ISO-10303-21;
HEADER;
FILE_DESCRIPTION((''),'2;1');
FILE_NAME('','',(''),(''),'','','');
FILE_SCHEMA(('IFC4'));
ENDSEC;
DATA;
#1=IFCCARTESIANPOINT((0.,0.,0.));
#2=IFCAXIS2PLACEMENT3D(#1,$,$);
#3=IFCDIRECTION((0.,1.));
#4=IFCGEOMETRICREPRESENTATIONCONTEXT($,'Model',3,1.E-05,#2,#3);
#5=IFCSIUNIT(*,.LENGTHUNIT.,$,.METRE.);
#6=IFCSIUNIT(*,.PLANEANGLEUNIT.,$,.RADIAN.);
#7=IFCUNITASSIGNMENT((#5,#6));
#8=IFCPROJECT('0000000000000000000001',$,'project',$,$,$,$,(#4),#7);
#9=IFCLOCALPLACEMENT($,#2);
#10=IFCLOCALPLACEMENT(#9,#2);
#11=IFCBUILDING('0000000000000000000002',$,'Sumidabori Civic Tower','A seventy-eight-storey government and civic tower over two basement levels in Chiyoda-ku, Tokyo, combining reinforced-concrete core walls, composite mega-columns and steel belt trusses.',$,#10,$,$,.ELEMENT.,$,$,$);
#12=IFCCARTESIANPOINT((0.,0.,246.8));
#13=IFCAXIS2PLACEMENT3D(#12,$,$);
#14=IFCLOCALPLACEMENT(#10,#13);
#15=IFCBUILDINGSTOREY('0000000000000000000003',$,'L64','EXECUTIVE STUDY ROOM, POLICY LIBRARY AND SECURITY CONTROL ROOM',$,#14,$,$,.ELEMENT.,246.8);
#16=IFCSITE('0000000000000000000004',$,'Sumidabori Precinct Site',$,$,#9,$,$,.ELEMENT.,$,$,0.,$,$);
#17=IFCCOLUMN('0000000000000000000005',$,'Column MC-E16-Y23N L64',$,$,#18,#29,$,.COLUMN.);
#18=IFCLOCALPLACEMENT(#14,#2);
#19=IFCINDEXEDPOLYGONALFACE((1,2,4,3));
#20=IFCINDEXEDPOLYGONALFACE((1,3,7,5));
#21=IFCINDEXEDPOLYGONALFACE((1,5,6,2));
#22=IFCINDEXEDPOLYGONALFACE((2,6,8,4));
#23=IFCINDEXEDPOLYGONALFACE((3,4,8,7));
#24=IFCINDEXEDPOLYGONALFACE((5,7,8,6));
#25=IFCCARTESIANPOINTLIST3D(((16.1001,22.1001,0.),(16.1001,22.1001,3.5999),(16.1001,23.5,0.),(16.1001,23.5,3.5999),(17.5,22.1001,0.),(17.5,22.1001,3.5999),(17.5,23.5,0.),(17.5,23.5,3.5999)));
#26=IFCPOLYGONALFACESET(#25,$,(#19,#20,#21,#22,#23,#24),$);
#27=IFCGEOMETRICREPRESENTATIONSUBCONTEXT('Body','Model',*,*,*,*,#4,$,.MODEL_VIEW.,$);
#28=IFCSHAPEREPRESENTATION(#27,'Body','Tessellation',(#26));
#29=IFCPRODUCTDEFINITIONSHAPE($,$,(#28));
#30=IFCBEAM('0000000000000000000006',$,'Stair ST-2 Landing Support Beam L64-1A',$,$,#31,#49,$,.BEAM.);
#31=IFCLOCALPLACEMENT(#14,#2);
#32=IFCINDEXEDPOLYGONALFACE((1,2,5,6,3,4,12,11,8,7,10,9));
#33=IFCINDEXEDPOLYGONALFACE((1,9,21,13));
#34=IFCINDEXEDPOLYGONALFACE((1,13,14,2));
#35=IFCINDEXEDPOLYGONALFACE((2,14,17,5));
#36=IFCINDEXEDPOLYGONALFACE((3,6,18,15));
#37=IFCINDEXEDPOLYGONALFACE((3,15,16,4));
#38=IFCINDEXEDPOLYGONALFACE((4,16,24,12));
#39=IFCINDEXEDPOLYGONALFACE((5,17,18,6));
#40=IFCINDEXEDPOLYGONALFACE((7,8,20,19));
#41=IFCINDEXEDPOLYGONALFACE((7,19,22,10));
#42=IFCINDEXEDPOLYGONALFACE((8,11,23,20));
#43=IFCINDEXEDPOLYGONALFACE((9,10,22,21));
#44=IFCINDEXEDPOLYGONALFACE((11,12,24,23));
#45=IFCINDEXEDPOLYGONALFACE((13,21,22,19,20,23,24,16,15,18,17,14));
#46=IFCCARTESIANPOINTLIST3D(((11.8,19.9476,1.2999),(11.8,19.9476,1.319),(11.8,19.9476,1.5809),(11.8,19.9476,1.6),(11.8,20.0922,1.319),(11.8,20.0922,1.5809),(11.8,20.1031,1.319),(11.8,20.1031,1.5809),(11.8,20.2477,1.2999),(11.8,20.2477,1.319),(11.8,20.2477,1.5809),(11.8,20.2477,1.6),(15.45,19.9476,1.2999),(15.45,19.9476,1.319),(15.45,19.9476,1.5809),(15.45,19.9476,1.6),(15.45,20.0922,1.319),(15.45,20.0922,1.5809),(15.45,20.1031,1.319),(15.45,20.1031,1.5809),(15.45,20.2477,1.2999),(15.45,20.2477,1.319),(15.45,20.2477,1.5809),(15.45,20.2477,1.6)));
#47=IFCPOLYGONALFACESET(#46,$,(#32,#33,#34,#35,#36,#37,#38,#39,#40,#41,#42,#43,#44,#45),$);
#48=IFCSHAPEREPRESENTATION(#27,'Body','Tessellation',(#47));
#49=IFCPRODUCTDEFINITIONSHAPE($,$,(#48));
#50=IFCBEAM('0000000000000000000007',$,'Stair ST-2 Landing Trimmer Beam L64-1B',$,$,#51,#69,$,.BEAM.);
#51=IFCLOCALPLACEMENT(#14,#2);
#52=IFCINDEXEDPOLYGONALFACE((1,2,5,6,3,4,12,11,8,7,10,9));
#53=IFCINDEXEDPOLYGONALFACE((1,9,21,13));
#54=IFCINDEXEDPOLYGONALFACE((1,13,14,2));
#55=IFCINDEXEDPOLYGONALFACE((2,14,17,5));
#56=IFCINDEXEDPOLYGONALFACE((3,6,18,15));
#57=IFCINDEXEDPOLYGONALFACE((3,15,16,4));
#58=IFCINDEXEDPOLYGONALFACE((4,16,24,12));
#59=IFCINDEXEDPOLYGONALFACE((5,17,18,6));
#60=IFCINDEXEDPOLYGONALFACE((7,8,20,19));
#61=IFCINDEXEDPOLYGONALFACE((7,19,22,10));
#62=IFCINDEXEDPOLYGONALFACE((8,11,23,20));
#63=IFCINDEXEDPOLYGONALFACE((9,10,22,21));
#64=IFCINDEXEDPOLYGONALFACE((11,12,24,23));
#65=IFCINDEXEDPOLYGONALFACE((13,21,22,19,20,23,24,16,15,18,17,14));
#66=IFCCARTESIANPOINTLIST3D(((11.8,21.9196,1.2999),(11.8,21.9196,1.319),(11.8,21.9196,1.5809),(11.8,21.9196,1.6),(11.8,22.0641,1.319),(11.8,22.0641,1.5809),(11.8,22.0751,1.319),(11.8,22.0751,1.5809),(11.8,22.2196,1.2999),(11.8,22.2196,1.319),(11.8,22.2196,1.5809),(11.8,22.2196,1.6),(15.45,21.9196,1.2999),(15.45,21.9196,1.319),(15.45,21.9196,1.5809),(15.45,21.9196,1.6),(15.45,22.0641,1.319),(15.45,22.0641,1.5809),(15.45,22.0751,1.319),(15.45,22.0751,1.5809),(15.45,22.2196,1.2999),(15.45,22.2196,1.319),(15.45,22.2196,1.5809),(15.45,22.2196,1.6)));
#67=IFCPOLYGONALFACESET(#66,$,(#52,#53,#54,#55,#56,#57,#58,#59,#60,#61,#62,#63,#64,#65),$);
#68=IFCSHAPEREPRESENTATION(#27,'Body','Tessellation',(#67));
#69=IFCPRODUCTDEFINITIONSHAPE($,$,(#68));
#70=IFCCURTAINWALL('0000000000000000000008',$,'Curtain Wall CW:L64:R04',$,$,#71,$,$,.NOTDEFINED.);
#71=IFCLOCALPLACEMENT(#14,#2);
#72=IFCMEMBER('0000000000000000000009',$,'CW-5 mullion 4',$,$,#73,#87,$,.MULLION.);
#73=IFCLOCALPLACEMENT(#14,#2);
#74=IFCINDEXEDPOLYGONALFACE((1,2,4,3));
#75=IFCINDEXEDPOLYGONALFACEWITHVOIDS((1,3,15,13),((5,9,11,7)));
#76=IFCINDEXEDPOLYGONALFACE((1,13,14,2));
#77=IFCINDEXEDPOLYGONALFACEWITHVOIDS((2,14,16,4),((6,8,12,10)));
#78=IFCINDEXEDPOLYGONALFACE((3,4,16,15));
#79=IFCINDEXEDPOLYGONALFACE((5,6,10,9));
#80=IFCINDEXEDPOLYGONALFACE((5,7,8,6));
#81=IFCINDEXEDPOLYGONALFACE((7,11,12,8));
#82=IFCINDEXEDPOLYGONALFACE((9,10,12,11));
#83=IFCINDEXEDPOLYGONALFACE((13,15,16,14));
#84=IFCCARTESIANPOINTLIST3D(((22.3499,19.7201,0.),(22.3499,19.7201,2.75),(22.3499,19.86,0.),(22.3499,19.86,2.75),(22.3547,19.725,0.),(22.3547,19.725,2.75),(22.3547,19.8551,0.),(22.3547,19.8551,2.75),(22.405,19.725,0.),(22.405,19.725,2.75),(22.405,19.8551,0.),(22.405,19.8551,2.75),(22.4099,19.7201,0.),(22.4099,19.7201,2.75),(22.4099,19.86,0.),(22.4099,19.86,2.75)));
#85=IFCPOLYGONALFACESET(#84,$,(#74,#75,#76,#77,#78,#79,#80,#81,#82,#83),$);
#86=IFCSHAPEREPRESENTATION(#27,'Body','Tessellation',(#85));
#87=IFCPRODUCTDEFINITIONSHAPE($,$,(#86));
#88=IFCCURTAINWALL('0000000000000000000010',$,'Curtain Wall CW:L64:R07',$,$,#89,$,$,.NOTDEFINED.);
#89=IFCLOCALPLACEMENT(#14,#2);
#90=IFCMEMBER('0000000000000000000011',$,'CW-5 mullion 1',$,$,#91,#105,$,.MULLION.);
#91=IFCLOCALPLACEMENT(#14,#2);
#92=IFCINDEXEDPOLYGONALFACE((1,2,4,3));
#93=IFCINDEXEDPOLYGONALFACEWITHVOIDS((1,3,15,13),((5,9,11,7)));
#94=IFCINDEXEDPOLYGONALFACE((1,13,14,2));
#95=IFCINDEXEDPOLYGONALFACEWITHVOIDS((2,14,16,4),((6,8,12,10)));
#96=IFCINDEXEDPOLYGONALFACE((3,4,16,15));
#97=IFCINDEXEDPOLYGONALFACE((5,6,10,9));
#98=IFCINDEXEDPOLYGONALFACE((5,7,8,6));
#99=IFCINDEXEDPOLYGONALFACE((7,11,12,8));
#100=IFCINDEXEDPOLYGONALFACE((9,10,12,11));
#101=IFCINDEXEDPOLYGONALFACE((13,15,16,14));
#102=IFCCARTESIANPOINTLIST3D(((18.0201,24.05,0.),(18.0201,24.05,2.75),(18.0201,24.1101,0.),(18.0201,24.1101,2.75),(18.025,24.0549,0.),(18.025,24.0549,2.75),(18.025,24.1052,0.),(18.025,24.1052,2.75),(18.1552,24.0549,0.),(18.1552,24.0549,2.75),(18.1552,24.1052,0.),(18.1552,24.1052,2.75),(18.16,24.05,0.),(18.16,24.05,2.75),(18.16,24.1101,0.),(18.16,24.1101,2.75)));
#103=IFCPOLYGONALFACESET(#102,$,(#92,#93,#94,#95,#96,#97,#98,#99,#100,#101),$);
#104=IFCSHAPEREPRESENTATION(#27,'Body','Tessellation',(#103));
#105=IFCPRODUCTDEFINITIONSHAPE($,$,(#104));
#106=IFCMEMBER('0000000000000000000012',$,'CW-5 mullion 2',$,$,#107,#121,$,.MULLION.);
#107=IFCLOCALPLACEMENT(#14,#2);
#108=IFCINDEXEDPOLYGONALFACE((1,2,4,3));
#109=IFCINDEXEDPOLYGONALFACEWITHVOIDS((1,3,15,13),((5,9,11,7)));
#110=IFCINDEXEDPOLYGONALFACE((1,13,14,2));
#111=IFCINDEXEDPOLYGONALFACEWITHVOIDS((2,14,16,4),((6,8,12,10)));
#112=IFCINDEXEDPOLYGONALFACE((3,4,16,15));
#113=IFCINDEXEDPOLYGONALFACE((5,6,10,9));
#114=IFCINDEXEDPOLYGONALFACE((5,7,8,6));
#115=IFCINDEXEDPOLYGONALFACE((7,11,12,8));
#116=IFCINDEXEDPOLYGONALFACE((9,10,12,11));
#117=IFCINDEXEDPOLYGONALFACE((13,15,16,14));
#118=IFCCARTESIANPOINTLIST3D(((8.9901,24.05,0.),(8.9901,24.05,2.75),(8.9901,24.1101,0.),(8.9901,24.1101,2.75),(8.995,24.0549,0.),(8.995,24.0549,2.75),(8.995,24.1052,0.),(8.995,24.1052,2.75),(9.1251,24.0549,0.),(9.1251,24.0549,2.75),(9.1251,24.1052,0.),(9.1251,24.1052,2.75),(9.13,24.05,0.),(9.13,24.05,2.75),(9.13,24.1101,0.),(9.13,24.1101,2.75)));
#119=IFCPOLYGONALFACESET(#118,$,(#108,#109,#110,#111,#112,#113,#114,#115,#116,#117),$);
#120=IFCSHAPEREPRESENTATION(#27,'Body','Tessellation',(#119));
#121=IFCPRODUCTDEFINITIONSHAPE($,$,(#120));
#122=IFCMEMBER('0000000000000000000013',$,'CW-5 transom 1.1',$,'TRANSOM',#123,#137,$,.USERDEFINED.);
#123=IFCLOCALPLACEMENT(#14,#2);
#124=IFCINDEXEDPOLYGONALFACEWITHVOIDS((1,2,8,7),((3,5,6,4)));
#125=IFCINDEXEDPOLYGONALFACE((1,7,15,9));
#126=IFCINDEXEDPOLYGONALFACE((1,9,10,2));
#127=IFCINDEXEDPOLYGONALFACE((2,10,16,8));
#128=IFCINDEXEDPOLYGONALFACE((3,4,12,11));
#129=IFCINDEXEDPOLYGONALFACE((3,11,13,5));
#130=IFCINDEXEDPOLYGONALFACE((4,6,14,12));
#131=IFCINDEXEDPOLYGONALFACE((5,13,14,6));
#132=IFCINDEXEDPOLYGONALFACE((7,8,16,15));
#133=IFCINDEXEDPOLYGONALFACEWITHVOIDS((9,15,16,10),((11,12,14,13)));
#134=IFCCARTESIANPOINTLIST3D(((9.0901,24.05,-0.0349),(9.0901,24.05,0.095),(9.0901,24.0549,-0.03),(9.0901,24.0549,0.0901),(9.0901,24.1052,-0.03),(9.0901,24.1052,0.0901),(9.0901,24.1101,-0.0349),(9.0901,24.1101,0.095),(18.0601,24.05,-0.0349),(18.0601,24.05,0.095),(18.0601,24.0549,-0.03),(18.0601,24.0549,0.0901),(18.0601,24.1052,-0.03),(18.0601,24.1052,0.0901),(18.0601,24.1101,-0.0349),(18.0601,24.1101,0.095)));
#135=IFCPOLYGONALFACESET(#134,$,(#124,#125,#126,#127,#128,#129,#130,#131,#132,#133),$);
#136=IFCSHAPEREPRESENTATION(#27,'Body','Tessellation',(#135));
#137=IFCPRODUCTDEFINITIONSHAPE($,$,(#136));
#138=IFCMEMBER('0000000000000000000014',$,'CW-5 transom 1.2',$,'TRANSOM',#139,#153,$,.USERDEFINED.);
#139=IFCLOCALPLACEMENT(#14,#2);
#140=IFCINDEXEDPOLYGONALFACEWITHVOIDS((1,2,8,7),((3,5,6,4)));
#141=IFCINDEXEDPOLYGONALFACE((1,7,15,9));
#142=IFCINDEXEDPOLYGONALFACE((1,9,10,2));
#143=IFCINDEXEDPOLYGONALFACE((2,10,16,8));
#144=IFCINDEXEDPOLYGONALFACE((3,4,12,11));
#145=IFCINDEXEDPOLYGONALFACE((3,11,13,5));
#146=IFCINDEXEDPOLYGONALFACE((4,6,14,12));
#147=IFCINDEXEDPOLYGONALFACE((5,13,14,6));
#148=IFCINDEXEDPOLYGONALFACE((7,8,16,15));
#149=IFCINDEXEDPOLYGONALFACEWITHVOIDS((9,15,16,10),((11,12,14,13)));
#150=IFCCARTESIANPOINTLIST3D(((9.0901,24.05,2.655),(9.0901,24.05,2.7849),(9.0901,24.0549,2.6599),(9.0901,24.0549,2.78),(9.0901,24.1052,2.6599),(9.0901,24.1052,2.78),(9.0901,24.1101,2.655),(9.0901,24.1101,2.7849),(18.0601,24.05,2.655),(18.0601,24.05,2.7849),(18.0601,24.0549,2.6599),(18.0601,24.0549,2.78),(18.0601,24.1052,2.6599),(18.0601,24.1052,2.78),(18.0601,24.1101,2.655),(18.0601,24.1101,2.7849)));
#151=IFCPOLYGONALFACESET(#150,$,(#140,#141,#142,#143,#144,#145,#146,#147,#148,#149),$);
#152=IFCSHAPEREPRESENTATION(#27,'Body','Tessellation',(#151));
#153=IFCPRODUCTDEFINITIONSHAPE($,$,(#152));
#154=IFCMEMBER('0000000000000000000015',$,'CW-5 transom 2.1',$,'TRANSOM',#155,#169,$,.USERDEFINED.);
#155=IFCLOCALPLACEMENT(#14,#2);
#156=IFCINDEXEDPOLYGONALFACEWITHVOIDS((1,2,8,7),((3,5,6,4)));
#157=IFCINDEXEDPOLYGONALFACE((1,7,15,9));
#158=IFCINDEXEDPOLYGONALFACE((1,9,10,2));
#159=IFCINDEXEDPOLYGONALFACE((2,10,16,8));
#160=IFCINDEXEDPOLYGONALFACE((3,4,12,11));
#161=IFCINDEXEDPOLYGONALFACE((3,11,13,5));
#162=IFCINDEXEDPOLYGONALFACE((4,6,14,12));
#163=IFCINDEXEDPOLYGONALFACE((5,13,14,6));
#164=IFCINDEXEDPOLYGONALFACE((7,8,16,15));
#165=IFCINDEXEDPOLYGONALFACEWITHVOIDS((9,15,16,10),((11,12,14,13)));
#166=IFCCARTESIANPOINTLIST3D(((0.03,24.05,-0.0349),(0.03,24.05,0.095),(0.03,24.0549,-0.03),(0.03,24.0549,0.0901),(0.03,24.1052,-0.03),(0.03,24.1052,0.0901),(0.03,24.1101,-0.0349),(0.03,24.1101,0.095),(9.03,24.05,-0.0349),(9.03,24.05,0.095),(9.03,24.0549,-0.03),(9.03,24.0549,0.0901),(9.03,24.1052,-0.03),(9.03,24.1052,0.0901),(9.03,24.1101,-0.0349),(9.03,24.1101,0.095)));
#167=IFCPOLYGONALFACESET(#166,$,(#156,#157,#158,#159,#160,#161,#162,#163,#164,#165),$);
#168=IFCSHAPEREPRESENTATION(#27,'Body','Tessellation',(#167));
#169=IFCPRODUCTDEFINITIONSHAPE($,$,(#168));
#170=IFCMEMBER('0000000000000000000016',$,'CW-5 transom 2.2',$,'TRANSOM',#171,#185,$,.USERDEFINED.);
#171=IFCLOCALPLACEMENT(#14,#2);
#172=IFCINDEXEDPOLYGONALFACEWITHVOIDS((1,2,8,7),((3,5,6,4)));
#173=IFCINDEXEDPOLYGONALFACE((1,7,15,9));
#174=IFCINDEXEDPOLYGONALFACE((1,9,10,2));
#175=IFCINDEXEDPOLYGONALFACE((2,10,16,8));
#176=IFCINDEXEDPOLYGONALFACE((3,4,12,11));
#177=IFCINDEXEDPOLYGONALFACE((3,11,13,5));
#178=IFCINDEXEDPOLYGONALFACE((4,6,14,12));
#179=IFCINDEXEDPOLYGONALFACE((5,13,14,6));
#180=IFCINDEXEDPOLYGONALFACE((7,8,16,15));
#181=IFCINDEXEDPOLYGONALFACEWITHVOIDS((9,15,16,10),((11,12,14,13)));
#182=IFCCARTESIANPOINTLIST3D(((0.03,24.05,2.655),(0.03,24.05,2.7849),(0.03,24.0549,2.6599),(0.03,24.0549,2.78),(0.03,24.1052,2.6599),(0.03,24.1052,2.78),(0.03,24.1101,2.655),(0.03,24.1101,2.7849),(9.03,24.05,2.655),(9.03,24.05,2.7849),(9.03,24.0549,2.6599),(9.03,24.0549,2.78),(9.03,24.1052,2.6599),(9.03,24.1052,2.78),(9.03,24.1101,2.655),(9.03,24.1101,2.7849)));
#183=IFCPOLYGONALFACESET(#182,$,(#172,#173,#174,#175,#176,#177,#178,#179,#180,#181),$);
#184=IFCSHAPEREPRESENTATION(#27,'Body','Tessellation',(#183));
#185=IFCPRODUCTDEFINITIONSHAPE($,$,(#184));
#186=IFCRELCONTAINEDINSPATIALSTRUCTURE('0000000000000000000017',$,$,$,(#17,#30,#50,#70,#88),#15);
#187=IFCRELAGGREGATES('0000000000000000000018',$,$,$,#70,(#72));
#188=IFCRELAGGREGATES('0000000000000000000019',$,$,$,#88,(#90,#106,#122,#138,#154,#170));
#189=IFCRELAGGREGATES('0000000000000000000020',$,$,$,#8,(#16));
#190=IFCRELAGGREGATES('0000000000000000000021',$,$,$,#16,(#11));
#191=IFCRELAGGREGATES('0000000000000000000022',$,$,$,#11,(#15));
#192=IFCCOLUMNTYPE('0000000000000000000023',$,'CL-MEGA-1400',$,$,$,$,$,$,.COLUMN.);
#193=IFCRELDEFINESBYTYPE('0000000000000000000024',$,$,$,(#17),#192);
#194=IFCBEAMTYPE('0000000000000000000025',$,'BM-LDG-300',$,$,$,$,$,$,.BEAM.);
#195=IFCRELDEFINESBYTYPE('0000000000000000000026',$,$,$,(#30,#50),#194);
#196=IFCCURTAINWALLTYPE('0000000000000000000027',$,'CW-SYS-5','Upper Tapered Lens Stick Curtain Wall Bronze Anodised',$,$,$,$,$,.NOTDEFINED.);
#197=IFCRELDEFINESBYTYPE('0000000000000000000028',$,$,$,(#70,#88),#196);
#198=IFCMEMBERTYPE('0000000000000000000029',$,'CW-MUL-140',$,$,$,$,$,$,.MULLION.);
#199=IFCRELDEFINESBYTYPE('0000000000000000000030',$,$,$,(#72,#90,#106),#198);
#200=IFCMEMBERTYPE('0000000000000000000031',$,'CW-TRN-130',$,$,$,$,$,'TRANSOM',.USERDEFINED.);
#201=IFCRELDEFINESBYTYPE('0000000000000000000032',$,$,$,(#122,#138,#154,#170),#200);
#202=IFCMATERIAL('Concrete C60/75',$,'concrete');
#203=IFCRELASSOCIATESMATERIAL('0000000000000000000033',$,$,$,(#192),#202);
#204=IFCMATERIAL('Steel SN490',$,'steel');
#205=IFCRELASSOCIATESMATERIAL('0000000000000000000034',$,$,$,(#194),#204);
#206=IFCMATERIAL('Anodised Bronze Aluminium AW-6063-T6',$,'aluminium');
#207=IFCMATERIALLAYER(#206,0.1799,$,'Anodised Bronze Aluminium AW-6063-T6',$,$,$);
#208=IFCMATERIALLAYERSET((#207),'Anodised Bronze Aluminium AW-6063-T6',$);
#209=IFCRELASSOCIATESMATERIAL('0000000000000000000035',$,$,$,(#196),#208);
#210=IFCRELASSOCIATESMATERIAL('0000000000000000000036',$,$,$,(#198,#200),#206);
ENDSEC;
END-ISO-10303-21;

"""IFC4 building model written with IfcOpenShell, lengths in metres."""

from ifc_helpers import new_model, si_unit, direction, frame, origin, origin_2d, place, context, subcontext, project, spatial, rectangle, hollow_rectangle, i_section, extrude, source, transform, mapped, material, layer, layer_set, material_profile, profile_set, type_object, element, aggregate, save


model = new_model("IFC4")

# Units and contexts
model_context = context("Model", 3, precision=1e-05, world=origin(), true_north=direction((0.0, 1.0)))
body_context = subcontext(model_context, "Body", "Model", "MODEL_VIEW")
ifc_project = project(units=[si_unit("LENGTHUNIT", "METRE"), si_unit("PLANEANGLEUNIT", "RADIAN")], contexts=[model_context])

# Site, building, storey
site_placement = place(None, origin())
site = spatial("IfcSite", under=ifc_project, at=site_placement, Name="Sumidabori Precinct Site", CompositionType="ELEMENT", RefElevation=0.0)
building_placement = place(site_placement, origin())
building = spatial("IfcBuilding", under=site, at=building_placement, Name="Sumidabori Civic Tower", Description="A seventy-eight-storey government and civic tower over two basement levels in Chiyoda-ku, Tokyo, combining reinforced-concrete core walls, composite mega-columns and steel belt trusses.", CompositionType="ELEMENT")
storey_placement = place(building_placement, frame((0.0, 0.0, 246.8)))
storey = spatial("IfcBuildingStorey", under=building, at=storey_placement, Name="L64", Description="EXECUTIVE STUDY ROOM, POLICY LIBRARY AND SECURITY CONTROL ROOM", CompositionType="ELEMENT", Elevation=246.8)

# Column
ifc_material_1 = material(Name="Concrete C60/75", Category="concrete")
ifc_material_profile_1 = material_profile(ifc_material_1, rectangle(XDim=1.3999, YDim=1.3999, at=origin_2d()), Name="RC 1400x1400")
ifc_profile_set_1 = profile_set([ifc_material_profile_1], Name="Concrete C60/75")
column_type = type_object("IfcColumnType", Name="CL-MEGA-1400", PredefinedType="COLUMN", material=ifc_profile_set_1)
shared_shape_1 = source(origin(), body_context, "Body", "SweptSolid", [
    extrude(rectangle(XDim=1.3999, YDim=1.3999, at=origin_2d()), origin(), (0.0, 0.0, 1.0), 3.5999),
])
column_placement = place(storey_placement, frame((16.8, 22.8, 0.0), z_axis=(0.0, 0.0, 1.0), x_axis=(1.0, 0.0, 0.0)))
element("IfcColumn", 1, at=column_placement, inside=storey, type_object=column_type, Name="Column MC-E16-Y23N L64", PredefinedType="COLUMN", context=body_context, shape_type="MappedRepresentation", body=[
    mapped(shared_shape_1, transform((0.0, 0.0, 0.0), x_axis=(1.0, 0.0, 0.0), y_axis=(0.0, 1.0, 0.0), z_axis=(0.0, 0.0, 1.0), scale=1.0)),
])

# Beams
ifc_material_2 = material(Name="Steel SN490", Category="steel")
ifc_material_profile_2 = material_profile(ifc_material_2, i_section(OverallWidth=0.3, OverallDepth=0.3, WebThickness=0.011, FlangeThickness=0.019, at=origin_2d()), Name="HE 300 B")
ifc_profile_set_2 = profile_set([ifc_material_profile_2], Name="Steel SN490")
beam_type = type_object("IfcBeamType", Name="BM-LDG-300", PredefinedType="BEAM", material=ifc_profile_set_2)
shared_shape_2 = source(origin(), body_context, "Body", "SweptSolid", [
    extrude(i_section(OverallWidth=0.3, OverallDepth=0.3, WebThickness=0.011, FlangeThickness=0.019, at=origin_2d()), origin(), (0.0, 0.0, 1.0), 3.6499),
])
for number, where, z_axis, x_axis, name in (
    (2, (11.8, 20.0977, 1.45), (1.0, 0.0, 0.0), (0.0, 1.0, 0.0), "Stair ST-2 Landing Support Beam L64-1A"),
    (3, (11.8, 22.0696, 1.45), (1.0, 0.0, 0.0), (0.0, 1.0, 0.0), "Stair ST-2 Landing Trimmer Beam L64-1B"),
):
    element("IfcBeam", number, at=place(storey_placement, frame(where, z_axis=z_axis, x_axis=x_axis)), inside=storey, type_object=beam_type, Name=name, PredefinedType="BEAM", context=body_context, shape_type="MappedRepresentation", body=[
        mapped(shared_shape_2, transform((0.0, 0.0, 0.0), x_axis=(1.0, 0.0, 0.0), y_axis=(0.0, 1.0, 0.0), z_axis=(0.0, 0.0, 1.0), scale=1.0)),
    ])

# Curtain wall, member
ifc_material_3 = material(Name="Anodised Bronze Aluminium AW-6063-T6", Category="aluminium")
ifc_layer_1 = layer(ifc_material_3, 0.1799, Name="Anodised Bronze Aluminium AW-6063-T6")
ifc_layer_set_1 = layer_set([ifc_layer_1], Name="Anodised Bronze Aluminium AW-6063-T6")
curtain_wall_type = type_object("IfcCurtainWallType", Name="CW-SYS-5", Description="Upper Tapered Lens Stick Curtain Wall Bronze Anodised", PredefinedType="NOTDEFINED", material=ifc_layer_set_1)
curtain_wall_1_placement = place(storey_placement, origin())
curtain_wall_1 = element("IfcCurtainWall", 4, at=curtain_wall_1_placement, inside=storey, type_object=curtain_wall_type, Name="Curtain Wall CW:L64:R04", PredefinedType="NOTDEFINED")
ifc_material_profile_3 = material_profile(ifc_material_3, hollow_rectangle(XDim=0.0601, YDim=0.1399, WallThickness=0.0049, at=origin_2d()), Name="ALU MULLION 140x60")
ifc_profile_set_3 = profile_set([ifc_material_profile_3], Name="Anodised Bronze Aluminium AW-6063-T6")
member_type_1 = type_object("IfcMemberType", Name="CW-MUL-140", PredefinedType="MULLION", material=ifc_profile_set_3)
shared_shape_3 = source(origin(), body_context, "Body", "SweptSolid", [
    extrude(hollow_rectangle(XDim=0.0601, YDim=0.1399, WallThickness=0.0049, at=origin_2d()), origin(), (0.0, 0.0, 1.0), 2.75),
])
member_1_placement = place(storey_placement, frame((22.3799, 19.79, 0.0), z_axis=(0.0, 0.0, 1.0), x_axis=(-1.0, 0.0, 0.0)))
member_1 = element("IfcMember", 5, at=member_1_placement, type_object=member_type_1, Name="CW-5 mullion 4", PredefinedType="MULLION", context=body_context, shape_type="MappedRepresentation", body=[
    mapped(shared_shape_3, transform((0.0, 0.0, 0.0), x_axis=(1.0, 0.0, 0.0), y_axis=(0.0, 1.0, 0.0), z_axis=(0.0, 0.0, 1.0), scale=1.0)),
])
aggregate(curtain_wall_1, [member_1])

# Curtain wall, members
curtain_wall_2_placement = place(storey_placement, origin())
curtain_wall_2 = element("IfcCurtainWall", 6, at=curtain_wall_2_placement, inside=storey, type_object=curtain_wall_type, Name="Curtain Wall CW:L64:R07", PredefinedType="NOTDEFINED")
member_2_placement = place(storey_placement, frame((18.0901, 24.0801, 0.0), z_axis=(0.0, 0.0, 1.0), x_axis=(0.0, -1.0, 0.0)))
member_2 = element("IfcMember", 7, at=member_2_placement, type_object=member_type_1, Name="CW-5 mullion 1", PredefinedType="MULLION", context=body_context, shape_type="MappedRepresentation", body=[
    mapped(shared_shape_3, transform((0.0, 0.0, 0.0), x_axis=(1.0, 0.0, 0.0), y_axis=(0.0, 1.0, 0.0), z_axis=(0.0, 0.0, 1.0), scale=1.0)),
])
member_3_placement = place(storey_placement, frame((9.0601, 24.0801, 0.0), z_axis=(0.0, 0.0, 1.0), x_axis=(0.0, -1.0, 0.0)))
member_3 = element("IfcMember", 8, at=member_3_placement, type_object=member_type_1, Name="CW-5 mullion 2", PredefinedType="MULLION", context=body_context, shape_type="MappedRepresentation", body=[
    mapped(shared_shape_3, transform((0.0, 0.0, 0.0), x_axis=(1.0, 0.0, 0.0), y_axis=(0.0, 1.0, 0.0), z_axis=(0.0, 0.0, 1.0), scale=1.0)),
])
ifc_material_profile_4 = material_profile(ifc_material_3, hollow_rectangle(XDim=0.0601, YDim=0.1299, WallThickness=0.0049, at=origin_2d()), Name="ALU TRANSOM 130x60")
ifc_profile_set_4 = profile_set([ifc_material_profile_4], Name="Anodised Bronze Aluminium AW-6063-T6")
member_type_2 = type_object("IfcMemberType", Name="CW-TRN-130", ElementType="TRANSOM", PredefinedType="USERDEFINED", material=ifc_profile_set_4)
shared_shape_4 = source(origin(), body_context, "Body", "SweptSolid", [
    extrude(hollow_rectangle(XDim=0.0601, YDim=0.1299, WallThickness=0.0049, at=origin_2d()), origin(), (0.0, 0.0, 1.0), 8.97),
])
member_4_placement = place(storey_placement, frame((18.0601, 24.0801, 0.03), z_axis=(-1.0, 0.0, 0.0), x_axis=(0.0, -1.0, 0.0)))
member_4 = element("IfcMember", 9, at=member_4_placement, type_object=member_type_2, Name="CW-5 transom 1.1", ObjectType="TRANSOM", PredefinedType="USERDEFINED", context=body_context, shape_type="MappedRepresentation", body=[
    mapped(shared_shape_4, transform((0.0, 0.0, 0.0), x_axis=(1.0, 0.0, 0.0), y_axis=(0.0, 1.0, 0.0), z_axis=(0.0, 0.0, 1.0), scale=1.0)),
])
member_5_placement = place(storey_placement, frame((18.0601, 24.0801, 2.72), z_axis=(-1.0, 0.0, 0.0), x_axis=(0.0, -1.0, 0.0)))
member_5 = element("IfcMember", 10, at=member_5_placement, type_object=member_type_2, Name="CW-5 transom 1.2", ObjectType="TRANSOM", PredefinedType="USERDEFINED", context=body_context, shape_type="MappedRepresentation", body=[
    mapped(shared_shape_4, transform((0.0, 0.0, 0.0), x_axis=(1.0, 0.0, 0.0), y_axis=(0.0, 1.0, 0.0), z_axis=(0.0, 0.0, 1.0), scale=1.0)),
])
shared_shape_5 = source(origin(), body_context, "Body", "SweptSolid", [
    extrude(hollow_rectangle(XDim=0.0601, YDim=0.1299, WallThickness=0.0049, at=origin_2d()), origin(), (0.0, 0.0, 1.0), 9.0),
])
member_6_placement = place(storey_placement, frame((9.03, 24.0801, 0.03), z_axis=(-1.0, 0.0, 0.0), x_axis=(0.0, -1.0, 0.0)))
member_6 = element("IfcMember", 11, at=member_6_placement, type_object=member_type_2, Name="CW-5 transom 2.1", ObjectType="TRANSOM", PredefinedType="USERDEFINED", context=body_context, shape_type="MappedRepresentation", body=[
    mapped(shared_shape_5, transform((0.0, 0.0, 0.0), x_axis=(1.0, 0.0, 0.0), y_axis=(0.0, 1.0, 0.0), z_axis=(0.0, 0.0, 1.0), scale=1.0)),
])
member_7_placement = place(storey_placement, frame((9.03, 24.0801, 2.72), z_axis=(-1.0, 0.0, 0.0), x_axis=(0.0, -1.0, 0.0)))
member_7 = element("IfcMember", 12, at=member_7_placement, type_object=member_type_2, Name="CW-5 transom 2.2", ObjectType="TRANSOM", PredefinedType="USERDEFINED", context=body_context, shape_type="MappedRepresentation", body=[
    mapped(shared_shape_5, transform((0.0, 0.0, 0.0), x_axis=(1.0, 0.0, 0.0), y_axis=(0.0, 1.0, 0.0), z_axis=(0.0, 0.0, 1.0), scale=1.0)),
])
aggregate(curtain_wall_2, [member_2, member_3, member_4, member_5, member_6, member_7])

save(model, "model.ifc")
